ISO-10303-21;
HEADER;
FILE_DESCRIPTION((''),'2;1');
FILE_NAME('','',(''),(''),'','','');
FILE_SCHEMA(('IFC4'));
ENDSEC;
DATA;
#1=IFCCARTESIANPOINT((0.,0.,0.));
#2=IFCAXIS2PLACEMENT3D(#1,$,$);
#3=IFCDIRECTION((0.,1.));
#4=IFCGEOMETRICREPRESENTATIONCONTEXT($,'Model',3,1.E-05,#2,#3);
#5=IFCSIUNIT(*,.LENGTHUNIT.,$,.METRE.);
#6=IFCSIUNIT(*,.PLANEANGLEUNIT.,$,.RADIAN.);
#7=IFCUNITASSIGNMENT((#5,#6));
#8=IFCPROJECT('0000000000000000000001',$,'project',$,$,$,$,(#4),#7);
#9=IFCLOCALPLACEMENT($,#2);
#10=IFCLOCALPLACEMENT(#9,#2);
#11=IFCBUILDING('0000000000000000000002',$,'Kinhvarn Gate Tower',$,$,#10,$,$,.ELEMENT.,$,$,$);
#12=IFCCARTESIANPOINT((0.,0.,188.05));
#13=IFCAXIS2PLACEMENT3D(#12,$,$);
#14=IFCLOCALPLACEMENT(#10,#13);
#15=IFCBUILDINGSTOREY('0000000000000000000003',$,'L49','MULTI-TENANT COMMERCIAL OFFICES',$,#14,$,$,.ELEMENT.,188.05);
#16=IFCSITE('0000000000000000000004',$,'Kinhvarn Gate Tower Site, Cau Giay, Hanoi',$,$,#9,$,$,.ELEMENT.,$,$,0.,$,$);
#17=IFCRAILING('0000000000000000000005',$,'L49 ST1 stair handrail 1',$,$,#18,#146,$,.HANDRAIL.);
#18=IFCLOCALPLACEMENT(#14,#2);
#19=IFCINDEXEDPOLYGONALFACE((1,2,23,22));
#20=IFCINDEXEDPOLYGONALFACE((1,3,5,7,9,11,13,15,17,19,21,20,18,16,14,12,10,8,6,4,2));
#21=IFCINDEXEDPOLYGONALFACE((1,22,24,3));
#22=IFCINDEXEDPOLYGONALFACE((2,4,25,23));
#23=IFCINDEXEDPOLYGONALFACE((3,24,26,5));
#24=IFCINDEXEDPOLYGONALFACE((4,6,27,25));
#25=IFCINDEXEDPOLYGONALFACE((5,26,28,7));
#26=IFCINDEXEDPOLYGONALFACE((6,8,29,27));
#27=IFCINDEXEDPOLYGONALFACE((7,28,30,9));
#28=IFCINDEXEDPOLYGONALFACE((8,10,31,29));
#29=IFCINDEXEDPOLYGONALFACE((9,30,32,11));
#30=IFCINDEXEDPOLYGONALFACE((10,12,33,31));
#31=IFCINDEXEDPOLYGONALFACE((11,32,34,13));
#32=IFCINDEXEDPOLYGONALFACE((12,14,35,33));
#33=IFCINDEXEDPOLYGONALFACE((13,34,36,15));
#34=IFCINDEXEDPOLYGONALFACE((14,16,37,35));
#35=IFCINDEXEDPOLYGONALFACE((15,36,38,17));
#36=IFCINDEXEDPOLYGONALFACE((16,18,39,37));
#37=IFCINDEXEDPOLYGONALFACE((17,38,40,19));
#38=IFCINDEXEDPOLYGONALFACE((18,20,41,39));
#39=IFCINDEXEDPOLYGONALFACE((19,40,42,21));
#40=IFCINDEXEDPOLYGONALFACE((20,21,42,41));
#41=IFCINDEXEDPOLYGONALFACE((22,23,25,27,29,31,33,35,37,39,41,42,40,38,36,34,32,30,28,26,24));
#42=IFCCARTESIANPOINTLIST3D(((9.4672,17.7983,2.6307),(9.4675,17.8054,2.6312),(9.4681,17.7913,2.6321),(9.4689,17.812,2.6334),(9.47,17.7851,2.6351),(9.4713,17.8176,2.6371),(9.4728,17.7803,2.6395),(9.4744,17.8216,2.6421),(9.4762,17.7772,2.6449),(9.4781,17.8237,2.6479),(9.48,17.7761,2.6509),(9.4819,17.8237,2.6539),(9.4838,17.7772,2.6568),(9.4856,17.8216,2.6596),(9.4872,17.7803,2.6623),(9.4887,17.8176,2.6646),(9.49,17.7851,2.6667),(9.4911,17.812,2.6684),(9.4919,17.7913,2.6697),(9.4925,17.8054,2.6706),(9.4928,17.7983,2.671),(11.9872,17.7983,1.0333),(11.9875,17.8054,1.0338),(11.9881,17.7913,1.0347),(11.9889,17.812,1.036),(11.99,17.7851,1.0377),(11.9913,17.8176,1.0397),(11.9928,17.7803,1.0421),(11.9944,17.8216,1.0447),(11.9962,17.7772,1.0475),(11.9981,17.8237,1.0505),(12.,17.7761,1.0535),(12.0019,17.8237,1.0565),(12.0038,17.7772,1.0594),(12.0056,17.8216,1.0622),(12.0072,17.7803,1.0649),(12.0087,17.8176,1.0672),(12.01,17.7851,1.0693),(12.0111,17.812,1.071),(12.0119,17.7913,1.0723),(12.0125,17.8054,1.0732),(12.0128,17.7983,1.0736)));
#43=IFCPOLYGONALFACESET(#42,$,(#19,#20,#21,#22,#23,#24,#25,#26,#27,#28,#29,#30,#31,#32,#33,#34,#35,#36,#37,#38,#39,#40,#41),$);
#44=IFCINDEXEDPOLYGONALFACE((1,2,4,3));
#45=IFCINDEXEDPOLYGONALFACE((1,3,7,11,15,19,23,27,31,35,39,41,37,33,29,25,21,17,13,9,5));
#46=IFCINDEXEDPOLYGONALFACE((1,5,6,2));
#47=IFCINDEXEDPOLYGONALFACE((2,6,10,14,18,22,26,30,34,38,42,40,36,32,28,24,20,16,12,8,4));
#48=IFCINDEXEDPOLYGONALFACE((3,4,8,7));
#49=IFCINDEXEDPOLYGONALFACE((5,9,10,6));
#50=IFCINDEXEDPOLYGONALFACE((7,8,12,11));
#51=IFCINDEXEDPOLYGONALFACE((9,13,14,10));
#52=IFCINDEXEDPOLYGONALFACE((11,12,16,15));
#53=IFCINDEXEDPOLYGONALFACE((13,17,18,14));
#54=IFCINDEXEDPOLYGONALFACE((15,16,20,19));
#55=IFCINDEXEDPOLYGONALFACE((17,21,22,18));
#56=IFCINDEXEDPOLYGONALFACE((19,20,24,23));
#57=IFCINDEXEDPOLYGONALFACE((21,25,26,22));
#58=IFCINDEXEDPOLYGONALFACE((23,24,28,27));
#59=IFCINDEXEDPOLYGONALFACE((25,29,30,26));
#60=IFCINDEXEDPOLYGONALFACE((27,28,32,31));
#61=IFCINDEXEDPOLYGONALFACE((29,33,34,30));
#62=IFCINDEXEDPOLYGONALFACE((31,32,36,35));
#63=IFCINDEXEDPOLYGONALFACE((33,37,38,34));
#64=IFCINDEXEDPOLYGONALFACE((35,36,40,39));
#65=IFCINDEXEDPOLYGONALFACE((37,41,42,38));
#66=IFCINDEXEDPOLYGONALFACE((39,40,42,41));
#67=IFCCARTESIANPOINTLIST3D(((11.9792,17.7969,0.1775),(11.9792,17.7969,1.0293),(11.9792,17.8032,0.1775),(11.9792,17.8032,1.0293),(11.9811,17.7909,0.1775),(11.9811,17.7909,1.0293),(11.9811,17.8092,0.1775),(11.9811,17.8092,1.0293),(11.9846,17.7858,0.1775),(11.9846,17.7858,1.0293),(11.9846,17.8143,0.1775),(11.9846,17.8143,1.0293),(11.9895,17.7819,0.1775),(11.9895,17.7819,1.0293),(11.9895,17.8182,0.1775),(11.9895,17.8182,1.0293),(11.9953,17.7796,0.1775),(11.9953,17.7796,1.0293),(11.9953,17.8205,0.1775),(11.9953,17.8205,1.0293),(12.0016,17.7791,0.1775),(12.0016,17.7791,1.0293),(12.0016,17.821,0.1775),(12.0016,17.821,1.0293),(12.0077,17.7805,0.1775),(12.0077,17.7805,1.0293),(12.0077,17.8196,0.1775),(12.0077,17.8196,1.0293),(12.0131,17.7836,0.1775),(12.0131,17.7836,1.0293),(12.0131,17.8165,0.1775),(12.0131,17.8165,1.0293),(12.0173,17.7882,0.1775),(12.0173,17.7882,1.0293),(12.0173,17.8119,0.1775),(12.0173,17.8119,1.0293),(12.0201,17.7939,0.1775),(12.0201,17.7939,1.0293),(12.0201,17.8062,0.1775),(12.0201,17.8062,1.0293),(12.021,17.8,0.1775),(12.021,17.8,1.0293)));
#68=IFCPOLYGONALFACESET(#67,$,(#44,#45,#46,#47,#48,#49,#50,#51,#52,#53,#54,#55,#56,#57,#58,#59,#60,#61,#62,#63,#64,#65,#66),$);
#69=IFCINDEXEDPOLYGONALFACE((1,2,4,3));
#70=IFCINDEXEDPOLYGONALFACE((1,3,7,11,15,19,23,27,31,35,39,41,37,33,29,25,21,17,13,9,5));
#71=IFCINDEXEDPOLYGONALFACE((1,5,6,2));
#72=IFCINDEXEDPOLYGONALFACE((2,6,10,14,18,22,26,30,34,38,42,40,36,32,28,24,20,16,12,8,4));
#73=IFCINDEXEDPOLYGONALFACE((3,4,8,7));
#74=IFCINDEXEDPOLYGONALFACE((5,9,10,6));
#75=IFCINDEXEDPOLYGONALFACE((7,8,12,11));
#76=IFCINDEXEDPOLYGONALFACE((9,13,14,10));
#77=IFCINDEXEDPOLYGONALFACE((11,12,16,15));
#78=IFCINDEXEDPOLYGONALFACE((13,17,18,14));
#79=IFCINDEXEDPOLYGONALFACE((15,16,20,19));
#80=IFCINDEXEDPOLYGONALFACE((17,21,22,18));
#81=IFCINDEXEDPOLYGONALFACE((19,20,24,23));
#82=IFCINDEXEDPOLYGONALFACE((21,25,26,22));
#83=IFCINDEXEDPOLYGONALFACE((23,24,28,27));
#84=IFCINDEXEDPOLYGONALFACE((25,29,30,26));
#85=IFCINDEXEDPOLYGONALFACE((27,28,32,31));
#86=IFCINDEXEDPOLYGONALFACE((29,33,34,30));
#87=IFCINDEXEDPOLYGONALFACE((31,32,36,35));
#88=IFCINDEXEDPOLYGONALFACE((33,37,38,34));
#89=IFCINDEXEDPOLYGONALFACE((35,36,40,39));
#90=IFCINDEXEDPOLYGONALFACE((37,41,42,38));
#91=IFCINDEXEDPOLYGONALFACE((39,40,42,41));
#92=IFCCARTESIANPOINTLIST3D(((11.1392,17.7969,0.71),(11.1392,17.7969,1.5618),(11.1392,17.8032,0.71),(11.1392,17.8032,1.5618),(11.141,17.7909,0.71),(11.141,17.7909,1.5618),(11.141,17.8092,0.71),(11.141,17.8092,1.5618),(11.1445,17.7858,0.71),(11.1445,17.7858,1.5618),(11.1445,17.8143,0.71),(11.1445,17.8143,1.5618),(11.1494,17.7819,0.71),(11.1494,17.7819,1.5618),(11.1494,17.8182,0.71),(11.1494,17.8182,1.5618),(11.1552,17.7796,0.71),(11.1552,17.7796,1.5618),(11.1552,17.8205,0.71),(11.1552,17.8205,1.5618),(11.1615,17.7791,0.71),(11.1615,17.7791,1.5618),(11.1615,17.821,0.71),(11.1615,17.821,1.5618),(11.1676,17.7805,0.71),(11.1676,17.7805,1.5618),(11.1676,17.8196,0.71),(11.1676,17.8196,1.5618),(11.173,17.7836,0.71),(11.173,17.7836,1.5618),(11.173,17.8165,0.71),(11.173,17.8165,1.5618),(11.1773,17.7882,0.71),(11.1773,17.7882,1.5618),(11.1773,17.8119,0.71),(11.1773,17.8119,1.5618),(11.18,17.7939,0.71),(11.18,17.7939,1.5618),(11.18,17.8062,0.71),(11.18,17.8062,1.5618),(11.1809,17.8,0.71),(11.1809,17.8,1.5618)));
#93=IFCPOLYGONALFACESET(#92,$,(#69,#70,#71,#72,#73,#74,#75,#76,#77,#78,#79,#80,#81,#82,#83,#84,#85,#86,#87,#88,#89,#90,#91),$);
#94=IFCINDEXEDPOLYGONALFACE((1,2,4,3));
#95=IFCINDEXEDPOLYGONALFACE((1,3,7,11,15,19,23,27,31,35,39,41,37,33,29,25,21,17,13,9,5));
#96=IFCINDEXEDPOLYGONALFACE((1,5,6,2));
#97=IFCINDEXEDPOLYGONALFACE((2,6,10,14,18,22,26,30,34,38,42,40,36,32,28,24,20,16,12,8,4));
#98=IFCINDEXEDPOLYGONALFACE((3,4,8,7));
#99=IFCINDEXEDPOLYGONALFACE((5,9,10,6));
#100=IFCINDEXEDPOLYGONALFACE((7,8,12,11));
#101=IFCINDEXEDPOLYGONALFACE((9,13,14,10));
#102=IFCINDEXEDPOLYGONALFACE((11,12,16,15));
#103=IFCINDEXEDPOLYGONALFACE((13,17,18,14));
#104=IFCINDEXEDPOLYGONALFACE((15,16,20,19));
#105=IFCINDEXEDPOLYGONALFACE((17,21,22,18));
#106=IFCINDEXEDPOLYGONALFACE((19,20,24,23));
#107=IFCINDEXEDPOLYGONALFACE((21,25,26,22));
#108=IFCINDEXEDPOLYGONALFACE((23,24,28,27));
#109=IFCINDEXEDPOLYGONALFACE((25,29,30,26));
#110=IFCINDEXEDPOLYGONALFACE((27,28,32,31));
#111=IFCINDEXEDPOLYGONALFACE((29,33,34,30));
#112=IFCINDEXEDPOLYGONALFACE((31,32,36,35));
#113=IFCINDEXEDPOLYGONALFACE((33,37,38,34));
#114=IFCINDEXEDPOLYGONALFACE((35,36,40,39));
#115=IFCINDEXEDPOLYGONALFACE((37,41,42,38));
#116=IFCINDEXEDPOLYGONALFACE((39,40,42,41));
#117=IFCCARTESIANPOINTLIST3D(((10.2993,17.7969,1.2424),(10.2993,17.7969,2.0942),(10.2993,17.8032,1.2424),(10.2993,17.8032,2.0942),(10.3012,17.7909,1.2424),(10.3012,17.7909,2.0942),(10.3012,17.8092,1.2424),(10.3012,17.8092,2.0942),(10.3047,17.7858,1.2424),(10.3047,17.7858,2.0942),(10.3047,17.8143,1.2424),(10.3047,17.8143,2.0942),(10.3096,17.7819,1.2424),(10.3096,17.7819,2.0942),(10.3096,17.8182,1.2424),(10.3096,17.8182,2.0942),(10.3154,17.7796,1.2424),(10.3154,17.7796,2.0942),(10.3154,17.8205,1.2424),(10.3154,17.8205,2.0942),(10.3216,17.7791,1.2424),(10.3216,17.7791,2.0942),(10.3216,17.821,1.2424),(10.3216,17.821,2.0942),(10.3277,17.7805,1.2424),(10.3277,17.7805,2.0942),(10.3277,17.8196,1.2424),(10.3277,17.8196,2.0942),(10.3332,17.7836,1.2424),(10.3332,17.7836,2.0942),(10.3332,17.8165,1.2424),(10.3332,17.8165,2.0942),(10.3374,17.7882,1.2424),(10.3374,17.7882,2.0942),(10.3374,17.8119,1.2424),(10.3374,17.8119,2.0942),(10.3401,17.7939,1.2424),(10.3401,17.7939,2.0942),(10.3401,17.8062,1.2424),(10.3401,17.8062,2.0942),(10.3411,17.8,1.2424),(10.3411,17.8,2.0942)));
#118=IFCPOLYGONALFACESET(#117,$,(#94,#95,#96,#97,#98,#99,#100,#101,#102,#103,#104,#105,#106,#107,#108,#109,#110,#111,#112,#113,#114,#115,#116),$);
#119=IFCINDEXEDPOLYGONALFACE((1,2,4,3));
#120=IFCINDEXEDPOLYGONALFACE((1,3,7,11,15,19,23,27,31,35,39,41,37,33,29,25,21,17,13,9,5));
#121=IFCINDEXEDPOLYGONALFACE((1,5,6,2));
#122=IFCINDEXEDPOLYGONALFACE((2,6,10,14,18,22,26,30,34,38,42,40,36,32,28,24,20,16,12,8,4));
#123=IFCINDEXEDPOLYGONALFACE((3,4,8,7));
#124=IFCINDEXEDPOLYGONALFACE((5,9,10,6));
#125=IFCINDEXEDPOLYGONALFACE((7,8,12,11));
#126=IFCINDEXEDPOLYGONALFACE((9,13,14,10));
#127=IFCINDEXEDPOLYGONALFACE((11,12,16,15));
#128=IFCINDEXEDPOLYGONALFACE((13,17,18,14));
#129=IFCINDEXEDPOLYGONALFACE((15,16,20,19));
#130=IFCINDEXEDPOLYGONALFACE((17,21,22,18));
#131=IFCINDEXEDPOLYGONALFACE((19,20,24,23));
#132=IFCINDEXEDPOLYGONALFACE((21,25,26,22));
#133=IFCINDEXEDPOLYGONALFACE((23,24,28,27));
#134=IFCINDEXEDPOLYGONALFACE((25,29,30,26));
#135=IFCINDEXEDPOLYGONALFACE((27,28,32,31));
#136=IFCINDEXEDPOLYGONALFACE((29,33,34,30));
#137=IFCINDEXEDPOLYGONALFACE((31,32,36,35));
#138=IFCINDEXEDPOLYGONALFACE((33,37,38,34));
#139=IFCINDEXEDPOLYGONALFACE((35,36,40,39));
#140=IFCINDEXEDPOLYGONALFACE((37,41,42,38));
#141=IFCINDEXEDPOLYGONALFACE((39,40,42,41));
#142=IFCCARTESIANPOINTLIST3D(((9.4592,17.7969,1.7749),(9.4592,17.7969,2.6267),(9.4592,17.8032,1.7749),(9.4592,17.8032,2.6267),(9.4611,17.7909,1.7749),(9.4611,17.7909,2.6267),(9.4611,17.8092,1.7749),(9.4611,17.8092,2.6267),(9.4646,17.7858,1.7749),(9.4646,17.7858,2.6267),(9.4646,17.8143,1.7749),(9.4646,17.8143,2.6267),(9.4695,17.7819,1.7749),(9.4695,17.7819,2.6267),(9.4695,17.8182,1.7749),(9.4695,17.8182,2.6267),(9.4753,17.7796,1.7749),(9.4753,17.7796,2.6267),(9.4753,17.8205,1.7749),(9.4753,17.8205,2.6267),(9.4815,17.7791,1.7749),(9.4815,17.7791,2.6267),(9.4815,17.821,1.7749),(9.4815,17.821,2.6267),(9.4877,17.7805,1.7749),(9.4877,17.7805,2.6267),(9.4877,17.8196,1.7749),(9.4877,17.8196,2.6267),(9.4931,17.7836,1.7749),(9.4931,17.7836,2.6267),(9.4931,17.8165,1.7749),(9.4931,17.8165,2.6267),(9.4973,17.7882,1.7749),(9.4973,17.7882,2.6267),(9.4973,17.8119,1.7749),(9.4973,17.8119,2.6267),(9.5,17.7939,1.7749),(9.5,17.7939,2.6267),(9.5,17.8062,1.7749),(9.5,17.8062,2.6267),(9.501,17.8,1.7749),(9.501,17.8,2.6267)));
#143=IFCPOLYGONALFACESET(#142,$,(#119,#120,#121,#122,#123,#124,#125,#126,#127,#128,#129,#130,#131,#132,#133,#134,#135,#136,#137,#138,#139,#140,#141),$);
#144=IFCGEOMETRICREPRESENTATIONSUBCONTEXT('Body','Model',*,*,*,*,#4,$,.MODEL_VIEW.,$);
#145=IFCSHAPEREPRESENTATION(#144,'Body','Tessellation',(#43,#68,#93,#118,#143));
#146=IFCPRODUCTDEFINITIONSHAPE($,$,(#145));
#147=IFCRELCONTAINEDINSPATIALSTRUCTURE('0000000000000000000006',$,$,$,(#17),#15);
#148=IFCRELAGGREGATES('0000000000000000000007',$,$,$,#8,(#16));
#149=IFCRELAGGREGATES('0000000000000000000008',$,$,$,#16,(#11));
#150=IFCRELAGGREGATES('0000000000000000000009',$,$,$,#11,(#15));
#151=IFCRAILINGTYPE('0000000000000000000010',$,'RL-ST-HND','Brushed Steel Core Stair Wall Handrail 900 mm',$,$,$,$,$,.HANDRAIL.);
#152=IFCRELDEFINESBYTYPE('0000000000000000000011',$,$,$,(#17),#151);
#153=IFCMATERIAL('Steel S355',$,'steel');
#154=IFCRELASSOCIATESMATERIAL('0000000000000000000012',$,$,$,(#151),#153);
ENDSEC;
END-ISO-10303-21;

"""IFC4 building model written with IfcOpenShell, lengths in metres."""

from ifc_helpers import new_model, si_unit, direction, frame, origin, origin_2d, place, context, subcontext, project, spatial, circle, extrude, material, type_object, element, save


model = new_model("IFC4")

# Units and contexts
model_context = context("Model", 3, precision=1e-05, world=origin(), true_north=direction((0.0, 1.0)))
body_context = subcontext(model_context, "Body", "Model", "MODEL_VIEW")
ifc_project = project(units=[si_unit("LENGTHUNIT", "METRE"), si_unit("PLANEANGLEUNIT", "RADIAN")], contexts=[model_context])

# Site, building, storey
site_placement = place(None, origin())
site = spatial("IfcSite", under=ifc_project, at=site_placement, Name="Kinhvarn Gate Tower Site, Cau Giay, Hanoi", CompositionType="ELEMENT", RefElevation=0.0)
building_placement = place(site_placement, origin())
building = spatial("IfcBuilding", under=site, at=building_placement, Name="Kinhvarn Gate Tower", CompositionType="ELEMENT")
storey_placement = place(building_placement, frame((0.0, 0.0, 188.05)))
storey = spatial("IfcBuildingStorey", under=building, at=storey_placement, Name="L49", Description="MULTI-TENANT COMMERCIAL OFFICES", CompositionType="ELEMENT", Elevation=188.05)

# Shared definitions
ifc_material_1 = material(Name="Steel S355", Category="steel")

# Railing
railing_type_1 = type_object("IfcRailingType", Name="RL-ST-HND", Description="Brushed Steel Core Stair Wall Handrail 900 mm", PredefinedType="HANDRAIL", material=ifc_material_1)
railing_1_placement = place(storey_placement, frame((12.0, 17.8, 0.1775)))
element("IfcRailing", 1, at=railing_1_placement, inside=storey, type_object=railing_type_1, Name="L49 ST1 stair handrail 1", PredefinedType="HANDRAIL", context=body_context, shape_type="SweptSolid", body=[
    extrude(circle(Radius=0.0239, at=origin_2d()), frame((0.0, 0.0, 0.876), z_axis=(-0.844607, 0.0, 0.535387), x_axis=(0.0, -1.0, 0.0)), (0.0, 0.0, 1.0), 2.9836),
    extrude(circle(Radius=0.021, at=origin_2d()), origin(), (0.0, 0.0, 1.0), 0.8518),
    extrude(circle(Radius=0.021, at=origin_2d()), frame((-0.8401, 0.0, 0.5325)), (0.0, 0.0, 1.0), 0.8518),
    extrude(circle(Radius=0.021, at=origin_2d()), frame((-1.6799, 0.0, 1.0649)), (0.0, 0.0, 1.0), 0.8518),
    extrude(circle(Radius=0.021, at=origin_2d()), frame((-2.52, 0.0, 1.5974)), (0.0, 0.0, 1.0), 0.8518),
])

save(model, "model.ifc")
